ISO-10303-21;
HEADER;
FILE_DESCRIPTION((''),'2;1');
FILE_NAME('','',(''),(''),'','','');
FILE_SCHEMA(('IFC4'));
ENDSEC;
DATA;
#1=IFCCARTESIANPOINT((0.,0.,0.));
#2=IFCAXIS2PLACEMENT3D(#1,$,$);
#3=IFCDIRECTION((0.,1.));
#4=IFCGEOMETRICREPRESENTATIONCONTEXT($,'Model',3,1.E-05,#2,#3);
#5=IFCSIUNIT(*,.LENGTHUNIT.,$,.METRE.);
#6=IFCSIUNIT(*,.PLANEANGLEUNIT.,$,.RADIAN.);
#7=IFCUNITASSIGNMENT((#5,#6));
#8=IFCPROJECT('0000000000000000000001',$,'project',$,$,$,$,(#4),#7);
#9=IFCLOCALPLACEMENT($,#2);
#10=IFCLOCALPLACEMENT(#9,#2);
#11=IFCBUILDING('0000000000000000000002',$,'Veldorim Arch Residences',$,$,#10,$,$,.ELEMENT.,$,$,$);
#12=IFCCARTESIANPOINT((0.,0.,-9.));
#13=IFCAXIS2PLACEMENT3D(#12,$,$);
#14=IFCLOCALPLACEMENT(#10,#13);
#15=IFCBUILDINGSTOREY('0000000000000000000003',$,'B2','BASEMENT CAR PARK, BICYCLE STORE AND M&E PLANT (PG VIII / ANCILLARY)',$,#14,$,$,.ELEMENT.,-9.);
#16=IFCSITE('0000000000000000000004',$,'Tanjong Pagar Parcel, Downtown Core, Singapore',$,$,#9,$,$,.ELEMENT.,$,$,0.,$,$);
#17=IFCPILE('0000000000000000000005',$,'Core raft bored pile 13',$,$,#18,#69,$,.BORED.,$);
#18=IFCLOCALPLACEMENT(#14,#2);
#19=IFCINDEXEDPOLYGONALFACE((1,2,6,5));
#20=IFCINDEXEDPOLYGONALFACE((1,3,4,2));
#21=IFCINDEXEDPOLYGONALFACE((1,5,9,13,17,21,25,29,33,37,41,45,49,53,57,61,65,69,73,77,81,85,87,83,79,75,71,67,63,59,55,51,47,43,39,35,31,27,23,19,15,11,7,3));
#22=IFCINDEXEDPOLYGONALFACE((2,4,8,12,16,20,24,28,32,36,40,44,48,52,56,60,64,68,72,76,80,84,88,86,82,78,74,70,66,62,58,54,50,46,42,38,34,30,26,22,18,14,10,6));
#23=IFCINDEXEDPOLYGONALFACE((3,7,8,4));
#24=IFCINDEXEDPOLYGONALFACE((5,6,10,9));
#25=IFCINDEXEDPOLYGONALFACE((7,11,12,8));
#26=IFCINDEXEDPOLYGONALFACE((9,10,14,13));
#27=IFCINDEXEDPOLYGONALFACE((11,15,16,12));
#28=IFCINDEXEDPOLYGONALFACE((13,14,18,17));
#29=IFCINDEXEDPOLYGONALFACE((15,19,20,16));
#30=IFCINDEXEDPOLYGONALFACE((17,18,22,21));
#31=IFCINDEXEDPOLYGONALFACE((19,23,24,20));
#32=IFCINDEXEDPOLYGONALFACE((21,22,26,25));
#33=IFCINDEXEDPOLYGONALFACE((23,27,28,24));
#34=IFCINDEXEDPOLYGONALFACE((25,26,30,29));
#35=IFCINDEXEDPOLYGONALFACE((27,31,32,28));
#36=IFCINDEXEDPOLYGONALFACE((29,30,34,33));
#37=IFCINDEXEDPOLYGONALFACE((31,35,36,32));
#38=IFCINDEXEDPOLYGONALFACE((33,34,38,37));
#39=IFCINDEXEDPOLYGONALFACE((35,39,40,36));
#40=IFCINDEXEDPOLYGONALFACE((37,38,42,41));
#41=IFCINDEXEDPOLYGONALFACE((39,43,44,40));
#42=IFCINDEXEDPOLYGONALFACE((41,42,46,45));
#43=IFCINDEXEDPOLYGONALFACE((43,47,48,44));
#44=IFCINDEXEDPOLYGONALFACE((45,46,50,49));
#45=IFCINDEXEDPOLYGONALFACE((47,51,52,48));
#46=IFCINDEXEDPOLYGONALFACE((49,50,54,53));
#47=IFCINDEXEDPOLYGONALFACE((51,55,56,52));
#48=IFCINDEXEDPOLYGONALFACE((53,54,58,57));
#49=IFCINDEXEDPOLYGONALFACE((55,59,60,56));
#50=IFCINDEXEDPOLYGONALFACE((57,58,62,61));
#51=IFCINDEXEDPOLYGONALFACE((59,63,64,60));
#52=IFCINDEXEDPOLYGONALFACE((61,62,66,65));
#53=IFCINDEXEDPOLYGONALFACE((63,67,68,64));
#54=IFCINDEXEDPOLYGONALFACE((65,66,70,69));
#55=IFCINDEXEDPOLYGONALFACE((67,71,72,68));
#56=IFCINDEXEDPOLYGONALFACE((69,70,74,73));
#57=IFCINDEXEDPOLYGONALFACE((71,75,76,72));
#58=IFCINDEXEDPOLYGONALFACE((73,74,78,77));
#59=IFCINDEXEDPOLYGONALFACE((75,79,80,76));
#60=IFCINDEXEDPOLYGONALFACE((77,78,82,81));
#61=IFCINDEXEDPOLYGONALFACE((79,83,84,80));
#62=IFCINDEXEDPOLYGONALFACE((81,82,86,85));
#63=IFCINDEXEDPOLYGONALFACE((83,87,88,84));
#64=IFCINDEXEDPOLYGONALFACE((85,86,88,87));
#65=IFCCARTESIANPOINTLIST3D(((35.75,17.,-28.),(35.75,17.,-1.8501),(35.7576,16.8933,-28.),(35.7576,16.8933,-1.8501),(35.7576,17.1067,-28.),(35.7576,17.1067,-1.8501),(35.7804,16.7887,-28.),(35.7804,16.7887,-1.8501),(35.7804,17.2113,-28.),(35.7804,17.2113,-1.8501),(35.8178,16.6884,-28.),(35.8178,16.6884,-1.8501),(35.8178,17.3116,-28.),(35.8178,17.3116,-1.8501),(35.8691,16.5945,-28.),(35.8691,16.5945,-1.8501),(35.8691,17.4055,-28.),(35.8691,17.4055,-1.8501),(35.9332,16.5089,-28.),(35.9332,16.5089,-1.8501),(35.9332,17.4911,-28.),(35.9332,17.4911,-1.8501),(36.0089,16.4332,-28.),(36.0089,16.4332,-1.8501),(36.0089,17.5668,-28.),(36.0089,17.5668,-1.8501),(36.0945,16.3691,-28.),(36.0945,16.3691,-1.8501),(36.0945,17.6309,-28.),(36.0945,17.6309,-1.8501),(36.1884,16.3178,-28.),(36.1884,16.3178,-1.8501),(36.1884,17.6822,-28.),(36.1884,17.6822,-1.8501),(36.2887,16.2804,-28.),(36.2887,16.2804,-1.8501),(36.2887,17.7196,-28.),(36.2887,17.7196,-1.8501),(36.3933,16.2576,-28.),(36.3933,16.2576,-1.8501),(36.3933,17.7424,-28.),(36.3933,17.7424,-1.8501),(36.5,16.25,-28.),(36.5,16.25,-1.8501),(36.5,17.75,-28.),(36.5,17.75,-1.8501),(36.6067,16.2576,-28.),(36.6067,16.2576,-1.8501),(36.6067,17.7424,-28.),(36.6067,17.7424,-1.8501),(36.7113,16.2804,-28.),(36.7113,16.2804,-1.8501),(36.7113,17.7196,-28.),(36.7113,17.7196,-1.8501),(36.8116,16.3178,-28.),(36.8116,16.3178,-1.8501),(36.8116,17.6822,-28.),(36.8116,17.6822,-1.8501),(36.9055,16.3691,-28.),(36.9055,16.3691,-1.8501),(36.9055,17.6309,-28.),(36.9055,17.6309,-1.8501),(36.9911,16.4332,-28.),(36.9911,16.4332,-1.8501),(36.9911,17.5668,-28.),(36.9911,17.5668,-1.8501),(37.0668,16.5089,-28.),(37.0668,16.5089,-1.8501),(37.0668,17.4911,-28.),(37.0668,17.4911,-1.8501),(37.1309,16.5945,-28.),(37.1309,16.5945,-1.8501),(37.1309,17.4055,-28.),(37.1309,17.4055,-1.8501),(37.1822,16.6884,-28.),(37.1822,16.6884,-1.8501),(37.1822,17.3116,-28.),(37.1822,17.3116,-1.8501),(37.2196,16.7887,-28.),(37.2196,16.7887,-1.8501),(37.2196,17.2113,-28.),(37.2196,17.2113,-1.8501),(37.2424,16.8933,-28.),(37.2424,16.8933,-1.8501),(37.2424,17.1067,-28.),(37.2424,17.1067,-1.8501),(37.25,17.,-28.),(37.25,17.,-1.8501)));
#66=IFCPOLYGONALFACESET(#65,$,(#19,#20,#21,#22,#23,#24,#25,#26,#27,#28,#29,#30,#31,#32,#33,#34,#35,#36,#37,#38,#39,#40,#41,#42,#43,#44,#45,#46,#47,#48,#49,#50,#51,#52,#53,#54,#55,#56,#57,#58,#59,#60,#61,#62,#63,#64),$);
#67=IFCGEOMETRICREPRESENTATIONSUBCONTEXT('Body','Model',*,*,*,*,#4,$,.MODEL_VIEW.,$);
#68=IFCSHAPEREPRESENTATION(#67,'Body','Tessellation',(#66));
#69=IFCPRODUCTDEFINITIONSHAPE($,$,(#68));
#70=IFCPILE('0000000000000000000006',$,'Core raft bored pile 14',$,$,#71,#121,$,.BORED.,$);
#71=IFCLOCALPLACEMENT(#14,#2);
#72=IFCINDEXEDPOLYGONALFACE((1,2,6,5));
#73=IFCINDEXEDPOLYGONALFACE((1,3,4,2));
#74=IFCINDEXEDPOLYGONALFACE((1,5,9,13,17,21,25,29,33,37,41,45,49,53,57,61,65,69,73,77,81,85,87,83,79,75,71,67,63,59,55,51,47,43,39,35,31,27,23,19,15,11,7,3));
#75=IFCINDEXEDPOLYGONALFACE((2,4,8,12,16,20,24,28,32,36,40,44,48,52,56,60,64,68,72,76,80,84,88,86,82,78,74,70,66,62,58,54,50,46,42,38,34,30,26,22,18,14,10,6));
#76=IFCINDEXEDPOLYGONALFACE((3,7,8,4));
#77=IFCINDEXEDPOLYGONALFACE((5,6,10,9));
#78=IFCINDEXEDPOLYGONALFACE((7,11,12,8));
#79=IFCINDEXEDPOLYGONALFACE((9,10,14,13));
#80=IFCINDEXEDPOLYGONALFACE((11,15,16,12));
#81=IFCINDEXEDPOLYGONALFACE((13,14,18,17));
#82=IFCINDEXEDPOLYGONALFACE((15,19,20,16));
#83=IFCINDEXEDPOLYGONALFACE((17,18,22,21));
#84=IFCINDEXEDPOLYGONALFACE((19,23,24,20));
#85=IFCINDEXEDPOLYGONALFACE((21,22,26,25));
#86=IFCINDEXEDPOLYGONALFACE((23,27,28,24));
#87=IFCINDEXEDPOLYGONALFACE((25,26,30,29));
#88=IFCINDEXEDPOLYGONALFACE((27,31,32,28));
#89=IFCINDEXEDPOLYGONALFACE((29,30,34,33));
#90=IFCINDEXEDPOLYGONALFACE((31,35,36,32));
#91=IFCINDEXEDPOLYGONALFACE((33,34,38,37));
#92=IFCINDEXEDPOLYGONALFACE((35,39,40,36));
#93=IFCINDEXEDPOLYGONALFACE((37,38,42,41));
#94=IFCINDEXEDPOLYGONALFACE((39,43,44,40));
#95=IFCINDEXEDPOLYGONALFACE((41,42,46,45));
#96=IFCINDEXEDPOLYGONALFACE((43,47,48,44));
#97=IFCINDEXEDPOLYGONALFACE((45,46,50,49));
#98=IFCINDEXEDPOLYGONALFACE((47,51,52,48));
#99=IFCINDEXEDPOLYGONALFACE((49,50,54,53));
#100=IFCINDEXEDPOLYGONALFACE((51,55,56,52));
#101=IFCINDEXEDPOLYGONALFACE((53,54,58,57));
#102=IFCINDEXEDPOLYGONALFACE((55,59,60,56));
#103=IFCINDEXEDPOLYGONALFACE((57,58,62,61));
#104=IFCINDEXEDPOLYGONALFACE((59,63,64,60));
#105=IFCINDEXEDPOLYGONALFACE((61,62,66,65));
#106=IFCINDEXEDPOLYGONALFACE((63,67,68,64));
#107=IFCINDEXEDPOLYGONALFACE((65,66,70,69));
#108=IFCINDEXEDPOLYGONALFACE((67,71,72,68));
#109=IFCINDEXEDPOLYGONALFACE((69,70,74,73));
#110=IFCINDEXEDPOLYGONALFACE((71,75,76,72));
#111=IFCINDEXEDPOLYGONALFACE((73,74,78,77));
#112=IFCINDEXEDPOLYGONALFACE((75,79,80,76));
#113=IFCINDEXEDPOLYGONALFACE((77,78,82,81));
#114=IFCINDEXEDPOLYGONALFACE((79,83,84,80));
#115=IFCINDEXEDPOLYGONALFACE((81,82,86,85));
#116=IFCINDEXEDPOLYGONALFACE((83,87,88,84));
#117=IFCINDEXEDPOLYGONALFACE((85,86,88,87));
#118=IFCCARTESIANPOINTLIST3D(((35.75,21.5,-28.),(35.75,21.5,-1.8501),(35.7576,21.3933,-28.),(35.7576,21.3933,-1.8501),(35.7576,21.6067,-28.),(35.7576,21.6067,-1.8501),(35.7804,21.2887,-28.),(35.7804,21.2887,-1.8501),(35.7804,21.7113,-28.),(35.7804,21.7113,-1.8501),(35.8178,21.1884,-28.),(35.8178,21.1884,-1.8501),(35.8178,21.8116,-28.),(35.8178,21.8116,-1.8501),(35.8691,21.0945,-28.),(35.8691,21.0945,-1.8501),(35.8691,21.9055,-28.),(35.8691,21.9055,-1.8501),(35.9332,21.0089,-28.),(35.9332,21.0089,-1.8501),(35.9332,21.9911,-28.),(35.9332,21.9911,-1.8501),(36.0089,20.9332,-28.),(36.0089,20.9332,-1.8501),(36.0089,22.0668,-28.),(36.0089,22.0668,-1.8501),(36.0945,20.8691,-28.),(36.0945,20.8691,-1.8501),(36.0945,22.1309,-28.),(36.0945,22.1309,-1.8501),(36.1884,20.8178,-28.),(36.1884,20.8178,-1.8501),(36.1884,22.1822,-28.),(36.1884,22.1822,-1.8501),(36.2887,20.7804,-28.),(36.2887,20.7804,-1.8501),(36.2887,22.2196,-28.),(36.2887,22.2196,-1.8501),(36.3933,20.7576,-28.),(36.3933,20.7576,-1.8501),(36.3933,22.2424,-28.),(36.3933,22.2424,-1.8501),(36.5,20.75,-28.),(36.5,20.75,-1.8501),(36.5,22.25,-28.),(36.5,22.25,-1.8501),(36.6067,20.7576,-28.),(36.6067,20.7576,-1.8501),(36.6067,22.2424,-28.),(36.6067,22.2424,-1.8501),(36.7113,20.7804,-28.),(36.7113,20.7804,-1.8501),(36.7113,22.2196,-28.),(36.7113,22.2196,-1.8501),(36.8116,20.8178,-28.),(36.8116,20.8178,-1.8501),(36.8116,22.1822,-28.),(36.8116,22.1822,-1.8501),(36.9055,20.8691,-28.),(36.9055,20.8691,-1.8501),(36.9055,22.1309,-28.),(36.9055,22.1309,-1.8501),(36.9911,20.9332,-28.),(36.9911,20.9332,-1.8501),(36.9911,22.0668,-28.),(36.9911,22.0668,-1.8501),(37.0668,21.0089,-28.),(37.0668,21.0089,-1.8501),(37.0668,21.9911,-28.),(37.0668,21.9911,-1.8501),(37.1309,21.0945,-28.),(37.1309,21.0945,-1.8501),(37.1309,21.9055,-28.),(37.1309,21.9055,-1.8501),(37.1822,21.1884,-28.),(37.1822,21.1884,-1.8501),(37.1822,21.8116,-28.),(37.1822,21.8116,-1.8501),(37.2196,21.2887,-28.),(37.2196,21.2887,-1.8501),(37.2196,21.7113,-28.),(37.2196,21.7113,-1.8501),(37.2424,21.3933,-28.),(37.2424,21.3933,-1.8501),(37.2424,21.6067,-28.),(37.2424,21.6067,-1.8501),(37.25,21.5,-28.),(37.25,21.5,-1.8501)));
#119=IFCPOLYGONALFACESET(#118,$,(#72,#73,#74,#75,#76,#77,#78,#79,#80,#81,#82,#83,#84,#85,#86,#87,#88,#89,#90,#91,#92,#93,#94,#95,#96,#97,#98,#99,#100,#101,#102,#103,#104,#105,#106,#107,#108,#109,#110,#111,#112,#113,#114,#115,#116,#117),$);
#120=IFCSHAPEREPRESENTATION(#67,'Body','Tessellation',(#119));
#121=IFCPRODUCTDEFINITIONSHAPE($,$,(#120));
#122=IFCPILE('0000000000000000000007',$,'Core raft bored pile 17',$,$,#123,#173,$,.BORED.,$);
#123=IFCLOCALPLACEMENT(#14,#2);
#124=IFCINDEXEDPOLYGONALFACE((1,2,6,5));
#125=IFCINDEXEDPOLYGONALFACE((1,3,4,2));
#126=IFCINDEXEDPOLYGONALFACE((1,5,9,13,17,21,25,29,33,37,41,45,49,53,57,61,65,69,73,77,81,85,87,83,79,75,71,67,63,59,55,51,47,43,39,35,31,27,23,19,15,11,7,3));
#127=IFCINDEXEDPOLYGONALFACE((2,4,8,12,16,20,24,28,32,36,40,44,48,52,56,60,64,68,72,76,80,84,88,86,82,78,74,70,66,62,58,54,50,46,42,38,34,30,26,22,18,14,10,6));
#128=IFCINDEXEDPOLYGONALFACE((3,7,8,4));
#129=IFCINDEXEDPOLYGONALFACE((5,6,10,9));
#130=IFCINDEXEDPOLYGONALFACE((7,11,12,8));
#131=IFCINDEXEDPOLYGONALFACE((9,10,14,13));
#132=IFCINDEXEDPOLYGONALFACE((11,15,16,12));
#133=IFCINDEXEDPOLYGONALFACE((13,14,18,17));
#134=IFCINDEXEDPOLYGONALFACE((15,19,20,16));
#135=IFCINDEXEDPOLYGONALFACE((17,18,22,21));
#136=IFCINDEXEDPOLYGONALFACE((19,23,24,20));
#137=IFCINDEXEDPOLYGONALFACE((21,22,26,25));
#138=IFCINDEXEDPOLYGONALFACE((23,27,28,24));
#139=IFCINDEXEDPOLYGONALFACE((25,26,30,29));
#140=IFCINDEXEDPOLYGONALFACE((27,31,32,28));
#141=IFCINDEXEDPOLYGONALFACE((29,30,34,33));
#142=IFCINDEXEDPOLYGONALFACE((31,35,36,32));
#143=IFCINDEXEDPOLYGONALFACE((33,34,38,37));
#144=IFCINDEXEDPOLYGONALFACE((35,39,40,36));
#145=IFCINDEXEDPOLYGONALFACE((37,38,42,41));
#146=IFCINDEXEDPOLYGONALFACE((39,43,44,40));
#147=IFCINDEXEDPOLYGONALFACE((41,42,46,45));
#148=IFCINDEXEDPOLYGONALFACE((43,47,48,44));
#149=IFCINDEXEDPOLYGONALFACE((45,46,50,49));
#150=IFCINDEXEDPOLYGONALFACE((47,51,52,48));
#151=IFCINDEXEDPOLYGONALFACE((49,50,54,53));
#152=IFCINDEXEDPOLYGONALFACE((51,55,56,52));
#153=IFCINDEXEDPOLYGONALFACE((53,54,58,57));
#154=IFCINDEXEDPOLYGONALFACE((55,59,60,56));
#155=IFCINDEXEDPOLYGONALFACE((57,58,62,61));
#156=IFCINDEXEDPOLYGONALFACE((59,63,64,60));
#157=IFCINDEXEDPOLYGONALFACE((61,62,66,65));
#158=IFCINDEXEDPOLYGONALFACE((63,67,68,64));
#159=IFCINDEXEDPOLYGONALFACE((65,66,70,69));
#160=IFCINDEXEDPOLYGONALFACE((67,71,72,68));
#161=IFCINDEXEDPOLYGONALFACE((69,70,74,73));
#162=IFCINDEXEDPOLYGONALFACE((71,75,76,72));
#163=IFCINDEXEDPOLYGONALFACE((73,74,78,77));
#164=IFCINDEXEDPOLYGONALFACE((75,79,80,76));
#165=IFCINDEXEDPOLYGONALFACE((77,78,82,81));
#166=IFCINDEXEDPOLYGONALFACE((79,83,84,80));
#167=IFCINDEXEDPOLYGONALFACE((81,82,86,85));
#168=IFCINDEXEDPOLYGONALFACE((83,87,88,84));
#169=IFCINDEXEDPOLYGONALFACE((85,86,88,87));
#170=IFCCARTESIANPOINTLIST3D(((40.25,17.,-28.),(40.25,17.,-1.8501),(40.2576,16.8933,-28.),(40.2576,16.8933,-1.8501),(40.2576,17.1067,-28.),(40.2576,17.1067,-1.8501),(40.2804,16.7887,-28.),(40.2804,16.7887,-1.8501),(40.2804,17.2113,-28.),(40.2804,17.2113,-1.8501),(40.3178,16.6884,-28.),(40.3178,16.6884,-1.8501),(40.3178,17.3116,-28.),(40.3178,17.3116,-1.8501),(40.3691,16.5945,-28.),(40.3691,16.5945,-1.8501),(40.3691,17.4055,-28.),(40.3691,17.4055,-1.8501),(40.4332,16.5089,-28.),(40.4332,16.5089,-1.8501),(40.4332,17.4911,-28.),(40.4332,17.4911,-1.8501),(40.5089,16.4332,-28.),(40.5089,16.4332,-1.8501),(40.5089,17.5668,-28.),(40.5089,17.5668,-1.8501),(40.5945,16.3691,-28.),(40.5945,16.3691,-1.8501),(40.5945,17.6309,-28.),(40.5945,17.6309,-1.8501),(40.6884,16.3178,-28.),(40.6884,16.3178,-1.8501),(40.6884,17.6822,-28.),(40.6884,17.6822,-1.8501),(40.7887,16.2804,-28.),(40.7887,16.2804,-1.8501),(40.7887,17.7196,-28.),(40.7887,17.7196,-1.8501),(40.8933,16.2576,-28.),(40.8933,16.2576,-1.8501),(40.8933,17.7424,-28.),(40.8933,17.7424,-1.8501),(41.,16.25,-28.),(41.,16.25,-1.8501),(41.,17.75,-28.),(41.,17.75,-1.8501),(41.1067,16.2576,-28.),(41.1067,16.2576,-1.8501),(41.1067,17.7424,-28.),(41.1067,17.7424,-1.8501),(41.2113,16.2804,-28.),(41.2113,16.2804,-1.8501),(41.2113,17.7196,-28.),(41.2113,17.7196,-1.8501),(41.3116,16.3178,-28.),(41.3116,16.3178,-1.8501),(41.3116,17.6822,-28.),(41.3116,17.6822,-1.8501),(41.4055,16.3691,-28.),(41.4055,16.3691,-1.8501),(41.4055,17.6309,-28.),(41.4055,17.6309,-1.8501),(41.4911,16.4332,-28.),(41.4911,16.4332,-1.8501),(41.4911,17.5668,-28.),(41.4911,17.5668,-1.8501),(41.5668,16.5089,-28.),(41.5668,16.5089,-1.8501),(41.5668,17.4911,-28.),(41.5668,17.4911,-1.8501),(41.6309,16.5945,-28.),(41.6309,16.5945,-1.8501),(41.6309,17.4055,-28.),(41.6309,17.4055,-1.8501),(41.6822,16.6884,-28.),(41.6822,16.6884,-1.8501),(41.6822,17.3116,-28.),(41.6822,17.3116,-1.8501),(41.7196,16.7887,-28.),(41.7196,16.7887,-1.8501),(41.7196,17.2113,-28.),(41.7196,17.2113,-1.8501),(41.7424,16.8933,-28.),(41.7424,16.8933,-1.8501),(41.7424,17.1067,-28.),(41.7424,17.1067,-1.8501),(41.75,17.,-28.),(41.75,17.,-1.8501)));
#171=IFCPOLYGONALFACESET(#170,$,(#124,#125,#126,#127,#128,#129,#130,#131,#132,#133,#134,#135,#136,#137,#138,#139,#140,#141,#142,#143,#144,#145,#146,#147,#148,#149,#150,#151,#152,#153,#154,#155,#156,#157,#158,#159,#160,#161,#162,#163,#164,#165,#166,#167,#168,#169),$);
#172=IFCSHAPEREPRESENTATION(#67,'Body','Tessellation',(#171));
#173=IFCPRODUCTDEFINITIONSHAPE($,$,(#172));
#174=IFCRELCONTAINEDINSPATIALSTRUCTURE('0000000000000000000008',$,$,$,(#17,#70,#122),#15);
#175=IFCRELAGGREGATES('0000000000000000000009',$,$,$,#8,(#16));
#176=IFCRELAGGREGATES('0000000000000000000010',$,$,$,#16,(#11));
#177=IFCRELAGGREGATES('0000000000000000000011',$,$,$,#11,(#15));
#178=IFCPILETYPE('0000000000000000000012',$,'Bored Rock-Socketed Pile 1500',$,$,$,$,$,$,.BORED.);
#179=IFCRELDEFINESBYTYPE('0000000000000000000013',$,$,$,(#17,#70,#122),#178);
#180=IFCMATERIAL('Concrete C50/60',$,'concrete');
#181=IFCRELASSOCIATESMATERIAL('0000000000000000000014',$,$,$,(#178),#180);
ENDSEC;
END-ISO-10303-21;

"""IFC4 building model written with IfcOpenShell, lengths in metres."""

from ifc_helpers import new_model, si_unit, direction, frame, origin, origin_2d, place, context, subcontext, project, spatial, circle, extrude, material, material_profile, profile_set, type_object, element, save


model = new_model("IFC4")

# Units and contexts
model_context = context("Model", 3, precision=1e-05, world=origin(), true_north=direction((0.0, 1.0)))
body_context = subcontext(model_context, "Body", "Model", "MODEL_VIEW")
ifc_project = project(units=[si_unit("LENGTHUNIT", "METRE"), si_unit("PLANEANGLEUNIT", "RADIAN")], contexts=[model_context])

# Site, building, storey
site_placement = place(None, origin())
site = spatial("IfcSite", under=ifc_project, at=site_placement, Name="Tanjong Pagar Parcel, Downtown Core, Singapore", CompositionType="ELEMENT", RefElevation=0.0)
building_placement = place(site_placement, origin())
building = spatial("IfcBuilding", under=site, at=building_placement, Name="Veldorim Arch Residences", CompositionType="ELEMENT")
storey_placement = place(building_placement, frame((0.0, 0.0, -9.0)))
storey = spatial("IfcBuildingStorey", under=building, at=storey_placement, Name="B2", Description="BASEMENT CAR PARK, BICYCLE STORE AND M&E PLANT (PG VIII / ANCILLARY)", CompositionType="ELEMENT", Elevation=-9.0)

# Piles
ifc_material_1 = material(Name="Concrete C50/60", Category="concrete")
ifc_material_profile_1 = material_profile(ifc_material_1, circle(Radius=0.75, at=origin_2d()), Name="PILE_1500")
ifc_profile_set_1 = profile_set([ifc_material_profile_1], Name="Concrete C50/60")
pile_type_1 = type_object("IfcPileType", Name="Bored Rock-Socketed Pile 1500", PredefinedType="BORED", material=ifc_profile_set_1)
for number, where, z_axis, x_axis, name in (
    (1, (36.5, 17.0, -1.8501), (0.0, 0.0, -1.0), (1.0, 0.0, 0.0), "Core raft bored pile 13"),
    (2, (36.5, 21.5, -1.8501), (0.0, 0.0, -1.0), (1.0, 0.0, 0.0), "Core raft bored pile 14"),
    (3, (41.0, 17.0, -1.8501), (0.0, 0.0, -1.0), (1.0, 0.0, 0.0), "Core raft bored pile 17"),
):
    element("IfcPile", number, at=place(storey_placement, frame(where, z_axis=z_axis, x_axis=x_axis)), inside=storey, type_object=pile_type_1, Name=name, PredefinedType="BORED", context=body_context, shape_type="SweptSolid", body=[
        extrude(circle(Radius=0.75, at=origin_2d()), origin(), (0.0, 0.0, 1.0), 26.1499),
    ])

save(model, "model.ifc")
